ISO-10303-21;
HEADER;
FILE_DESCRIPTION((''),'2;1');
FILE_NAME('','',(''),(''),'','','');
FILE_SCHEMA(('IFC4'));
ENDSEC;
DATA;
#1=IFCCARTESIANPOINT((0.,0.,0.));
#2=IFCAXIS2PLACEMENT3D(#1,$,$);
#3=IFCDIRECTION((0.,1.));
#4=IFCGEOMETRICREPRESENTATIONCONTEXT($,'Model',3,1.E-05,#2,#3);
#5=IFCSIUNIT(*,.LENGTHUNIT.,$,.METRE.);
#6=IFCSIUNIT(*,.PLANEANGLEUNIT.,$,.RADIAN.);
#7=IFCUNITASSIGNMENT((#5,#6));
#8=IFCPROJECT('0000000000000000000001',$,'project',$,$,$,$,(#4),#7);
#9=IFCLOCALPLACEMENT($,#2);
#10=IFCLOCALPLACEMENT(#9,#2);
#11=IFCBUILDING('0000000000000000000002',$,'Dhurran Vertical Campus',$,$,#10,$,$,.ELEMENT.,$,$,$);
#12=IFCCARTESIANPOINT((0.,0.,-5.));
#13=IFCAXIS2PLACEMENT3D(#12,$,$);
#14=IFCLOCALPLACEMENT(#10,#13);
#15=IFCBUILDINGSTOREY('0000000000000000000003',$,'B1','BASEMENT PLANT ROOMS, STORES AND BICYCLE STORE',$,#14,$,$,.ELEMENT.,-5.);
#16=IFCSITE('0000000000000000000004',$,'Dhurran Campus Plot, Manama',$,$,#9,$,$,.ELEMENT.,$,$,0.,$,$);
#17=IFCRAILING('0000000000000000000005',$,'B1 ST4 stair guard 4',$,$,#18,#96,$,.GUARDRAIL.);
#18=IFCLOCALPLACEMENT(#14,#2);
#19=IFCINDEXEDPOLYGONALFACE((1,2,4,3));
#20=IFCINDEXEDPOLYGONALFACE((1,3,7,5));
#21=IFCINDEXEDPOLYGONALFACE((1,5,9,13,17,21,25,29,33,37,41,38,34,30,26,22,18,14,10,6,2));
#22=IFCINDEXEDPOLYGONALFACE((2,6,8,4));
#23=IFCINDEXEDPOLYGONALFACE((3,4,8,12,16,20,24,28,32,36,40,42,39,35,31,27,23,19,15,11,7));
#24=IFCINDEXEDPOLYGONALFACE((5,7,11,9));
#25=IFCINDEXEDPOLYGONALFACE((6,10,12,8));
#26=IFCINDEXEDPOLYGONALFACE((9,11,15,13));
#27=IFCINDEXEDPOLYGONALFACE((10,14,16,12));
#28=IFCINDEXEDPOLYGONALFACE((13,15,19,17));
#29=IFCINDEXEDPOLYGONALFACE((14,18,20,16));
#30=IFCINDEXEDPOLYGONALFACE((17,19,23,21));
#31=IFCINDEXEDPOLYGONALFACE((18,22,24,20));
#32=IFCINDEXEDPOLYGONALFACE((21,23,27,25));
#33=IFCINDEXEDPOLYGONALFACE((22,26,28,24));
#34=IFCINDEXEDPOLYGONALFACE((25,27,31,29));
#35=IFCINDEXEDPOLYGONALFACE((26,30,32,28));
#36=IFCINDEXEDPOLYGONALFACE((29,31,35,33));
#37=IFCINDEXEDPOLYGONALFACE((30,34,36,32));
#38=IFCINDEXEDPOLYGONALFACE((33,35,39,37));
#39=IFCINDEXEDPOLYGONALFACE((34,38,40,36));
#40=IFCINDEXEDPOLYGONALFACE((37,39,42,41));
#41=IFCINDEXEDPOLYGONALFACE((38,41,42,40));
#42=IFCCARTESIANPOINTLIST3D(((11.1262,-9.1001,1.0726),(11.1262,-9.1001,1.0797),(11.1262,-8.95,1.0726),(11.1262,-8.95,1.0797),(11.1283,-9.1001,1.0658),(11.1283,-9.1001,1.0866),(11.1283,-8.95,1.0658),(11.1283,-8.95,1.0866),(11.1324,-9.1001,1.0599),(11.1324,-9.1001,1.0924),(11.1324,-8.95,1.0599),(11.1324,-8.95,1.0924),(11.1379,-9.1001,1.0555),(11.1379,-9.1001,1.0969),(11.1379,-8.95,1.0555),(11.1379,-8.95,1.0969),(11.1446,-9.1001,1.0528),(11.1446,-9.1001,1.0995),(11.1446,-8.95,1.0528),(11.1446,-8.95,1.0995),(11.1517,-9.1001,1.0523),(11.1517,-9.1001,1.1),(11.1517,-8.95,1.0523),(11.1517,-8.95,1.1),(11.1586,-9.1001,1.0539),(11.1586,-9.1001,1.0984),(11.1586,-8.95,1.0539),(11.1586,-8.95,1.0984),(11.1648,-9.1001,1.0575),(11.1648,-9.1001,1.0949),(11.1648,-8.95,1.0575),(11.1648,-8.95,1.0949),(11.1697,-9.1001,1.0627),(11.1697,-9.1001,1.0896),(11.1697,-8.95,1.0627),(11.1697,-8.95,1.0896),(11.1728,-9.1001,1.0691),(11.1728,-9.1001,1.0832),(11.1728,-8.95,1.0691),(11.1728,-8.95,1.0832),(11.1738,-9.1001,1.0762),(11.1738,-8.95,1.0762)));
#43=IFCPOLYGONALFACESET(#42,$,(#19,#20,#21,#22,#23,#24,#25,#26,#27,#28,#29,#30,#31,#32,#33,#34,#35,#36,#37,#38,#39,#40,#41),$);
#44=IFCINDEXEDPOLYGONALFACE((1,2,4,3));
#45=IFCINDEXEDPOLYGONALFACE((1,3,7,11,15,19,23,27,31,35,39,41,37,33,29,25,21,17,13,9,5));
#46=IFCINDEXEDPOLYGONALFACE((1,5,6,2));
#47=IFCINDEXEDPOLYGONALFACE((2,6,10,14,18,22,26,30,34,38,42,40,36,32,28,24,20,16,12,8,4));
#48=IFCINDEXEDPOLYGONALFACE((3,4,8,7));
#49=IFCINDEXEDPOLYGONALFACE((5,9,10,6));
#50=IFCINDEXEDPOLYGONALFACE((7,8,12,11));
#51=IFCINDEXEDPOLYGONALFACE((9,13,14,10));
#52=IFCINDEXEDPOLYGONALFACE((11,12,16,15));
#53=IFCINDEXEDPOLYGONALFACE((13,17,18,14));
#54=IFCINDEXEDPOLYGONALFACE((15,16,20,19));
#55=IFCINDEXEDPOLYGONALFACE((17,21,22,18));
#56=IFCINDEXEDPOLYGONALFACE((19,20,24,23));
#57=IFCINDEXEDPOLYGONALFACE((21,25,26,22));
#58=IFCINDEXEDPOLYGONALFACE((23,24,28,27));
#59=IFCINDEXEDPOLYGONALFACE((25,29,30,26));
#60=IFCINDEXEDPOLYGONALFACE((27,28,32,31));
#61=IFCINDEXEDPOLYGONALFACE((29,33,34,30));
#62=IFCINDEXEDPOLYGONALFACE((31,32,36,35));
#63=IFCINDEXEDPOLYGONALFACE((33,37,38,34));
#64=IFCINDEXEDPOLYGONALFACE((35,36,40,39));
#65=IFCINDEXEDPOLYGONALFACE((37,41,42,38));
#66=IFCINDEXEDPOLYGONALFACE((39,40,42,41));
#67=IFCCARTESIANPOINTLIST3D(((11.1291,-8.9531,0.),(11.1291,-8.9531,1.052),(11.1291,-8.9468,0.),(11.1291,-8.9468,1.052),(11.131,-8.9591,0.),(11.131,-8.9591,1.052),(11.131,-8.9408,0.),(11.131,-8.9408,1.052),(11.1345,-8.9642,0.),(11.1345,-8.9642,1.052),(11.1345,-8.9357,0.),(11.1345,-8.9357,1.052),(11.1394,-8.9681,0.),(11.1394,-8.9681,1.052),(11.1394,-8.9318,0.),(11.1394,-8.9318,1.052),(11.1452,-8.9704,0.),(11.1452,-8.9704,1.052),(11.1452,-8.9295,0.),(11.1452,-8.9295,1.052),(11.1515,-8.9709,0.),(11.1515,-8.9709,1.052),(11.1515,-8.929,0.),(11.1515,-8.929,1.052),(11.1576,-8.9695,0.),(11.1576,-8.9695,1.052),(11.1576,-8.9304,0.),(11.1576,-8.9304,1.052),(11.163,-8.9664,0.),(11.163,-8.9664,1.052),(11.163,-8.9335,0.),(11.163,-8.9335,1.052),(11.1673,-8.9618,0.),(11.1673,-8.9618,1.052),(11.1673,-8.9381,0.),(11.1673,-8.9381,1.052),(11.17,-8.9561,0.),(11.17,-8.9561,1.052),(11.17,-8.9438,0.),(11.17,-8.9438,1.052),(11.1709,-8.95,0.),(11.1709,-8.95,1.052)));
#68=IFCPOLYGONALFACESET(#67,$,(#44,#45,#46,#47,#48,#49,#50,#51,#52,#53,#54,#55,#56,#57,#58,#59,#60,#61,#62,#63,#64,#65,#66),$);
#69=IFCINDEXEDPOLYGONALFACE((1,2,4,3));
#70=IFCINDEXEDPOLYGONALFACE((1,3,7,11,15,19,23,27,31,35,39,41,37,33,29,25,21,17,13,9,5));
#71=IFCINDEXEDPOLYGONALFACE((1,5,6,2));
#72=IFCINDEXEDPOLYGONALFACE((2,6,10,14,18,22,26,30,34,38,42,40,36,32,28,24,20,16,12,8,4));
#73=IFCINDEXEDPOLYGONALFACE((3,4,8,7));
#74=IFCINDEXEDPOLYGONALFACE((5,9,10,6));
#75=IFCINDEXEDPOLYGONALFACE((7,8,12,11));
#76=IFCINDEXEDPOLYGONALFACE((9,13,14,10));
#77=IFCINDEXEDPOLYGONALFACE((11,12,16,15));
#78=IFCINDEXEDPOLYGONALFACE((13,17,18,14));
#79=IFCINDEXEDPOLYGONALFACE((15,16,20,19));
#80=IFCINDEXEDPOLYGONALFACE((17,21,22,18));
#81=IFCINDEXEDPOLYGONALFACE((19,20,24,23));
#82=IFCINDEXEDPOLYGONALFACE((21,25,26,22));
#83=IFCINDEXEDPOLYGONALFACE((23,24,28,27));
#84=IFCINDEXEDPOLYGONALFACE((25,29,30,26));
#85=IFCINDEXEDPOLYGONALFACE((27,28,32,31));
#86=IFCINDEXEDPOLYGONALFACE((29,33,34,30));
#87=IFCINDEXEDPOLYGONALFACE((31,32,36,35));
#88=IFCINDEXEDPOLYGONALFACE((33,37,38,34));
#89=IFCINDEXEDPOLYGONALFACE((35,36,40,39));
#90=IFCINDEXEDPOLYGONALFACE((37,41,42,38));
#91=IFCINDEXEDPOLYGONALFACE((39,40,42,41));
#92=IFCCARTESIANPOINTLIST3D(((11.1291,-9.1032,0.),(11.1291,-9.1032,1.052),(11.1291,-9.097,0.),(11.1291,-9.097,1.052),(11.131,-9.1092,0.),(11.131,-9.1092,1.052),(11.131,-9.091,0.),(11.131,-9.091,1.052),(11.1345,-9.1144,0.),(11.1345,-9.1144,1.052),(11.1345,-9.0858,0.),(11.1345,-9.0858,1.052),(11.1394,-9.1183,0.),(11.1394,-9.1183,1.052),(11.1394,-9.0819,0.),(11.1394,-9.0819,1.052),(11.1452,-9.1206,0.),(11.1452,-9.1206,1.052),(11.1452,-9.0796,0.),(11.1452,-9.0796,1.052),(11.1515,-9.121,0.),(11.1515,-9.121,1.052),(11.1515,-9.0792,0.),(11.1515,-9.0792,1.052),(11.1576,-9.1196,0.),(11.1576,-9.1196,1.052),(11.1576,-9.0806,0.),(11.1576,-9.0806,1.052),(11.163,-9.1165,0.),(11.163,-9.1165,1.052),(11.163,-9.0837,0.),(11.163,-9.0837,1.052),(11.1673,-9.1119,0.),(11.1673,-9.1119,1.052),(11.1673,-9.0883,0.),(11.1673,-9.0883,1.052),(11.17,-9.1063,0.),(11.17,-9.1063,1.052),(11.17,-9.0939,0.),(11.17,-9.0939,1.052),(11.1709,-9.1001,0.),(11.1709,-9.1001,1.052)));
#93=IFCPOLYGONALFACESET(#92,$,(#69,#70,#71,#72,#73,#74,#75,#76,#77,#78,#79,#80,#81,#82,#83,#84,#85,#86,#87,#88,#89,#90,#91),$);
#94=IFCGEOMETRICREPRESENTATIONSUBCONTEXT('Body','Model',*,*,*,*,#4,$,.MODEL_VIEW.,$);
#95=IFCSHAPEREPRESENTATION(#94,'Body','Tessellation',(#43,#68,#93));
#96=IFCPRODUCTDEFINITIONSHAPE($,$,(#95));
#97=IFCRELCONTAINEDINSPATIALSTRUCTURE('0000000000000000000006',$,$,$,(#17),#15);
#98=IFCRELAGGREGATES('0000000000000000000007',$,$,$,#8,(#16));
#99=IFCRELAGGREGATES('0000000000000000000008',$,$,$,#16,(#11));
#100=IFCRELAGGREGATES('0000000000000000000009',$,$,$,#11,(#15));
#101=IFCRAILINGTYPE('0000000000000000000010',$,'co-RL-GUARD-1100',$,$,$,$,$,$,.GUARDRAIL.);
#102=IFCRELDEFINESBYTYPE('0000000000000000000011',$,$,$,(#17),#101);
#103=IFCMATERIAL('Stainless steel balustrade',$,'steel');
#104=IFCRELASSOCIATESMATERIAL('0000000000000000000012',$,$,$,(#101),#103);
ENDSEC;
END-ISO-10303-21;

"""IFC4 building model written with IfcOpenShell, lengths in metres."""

from ifc_helpers import new_model, si_unit, direction, frame, origin, origin_2d, place, context, subcontext, project, spatial, circle, extrude, material, type_object, element, save


model = new_model("IFC4")

# Units and contexts
model_context = context("Model", 3, precision=1e-05, world=origin(), true_north=direction((0.0, 1.0)))
body_context = subcontext(model_context, "Body", "Model", "MODEL_VIEW")
ifc_project = project(units=[si_unit("LENGTHUNIT", "METRE"), si_unit("PLANEANGLEUNIT", "RADIAN")], contexts=[model_context])

# Site, building, storey
site_placement = place(None, origin())
site = spatial("IfcSite", under=ifc_project, at=site_placement, Name="Dhurran Campus Plot, Manama", CompositionType="ELEMENT", RefElevation=0.0)
building_placement = place(site_placement, origin())
building = spatial("IfcBuilding", under=site, at=building_placement, Name="Dhurran Vertical Campus", CompositionType="ELEMENT")
storey_placement = place(building_placement, frame((0.0, 0.0, -5.0)))
storey = spatial("IfcBuildingStorey", under=building, at=storey_placement, Name="B1", Description="BASEMENT PLANT ROOMS, STORES AND BICYCLE STORE", CompositionType="ELEMENT", Elevation=-5.0)

# Railing
ifc_material_1 = material(Name="Stainless steel balustrade", Category="steel")
railing_type_1 = type_object("IfcRailingType", Name="co-RL-GUARD-1100", PredefinedType="GUARDRAIL", material=ifc_material_1)
railing_1_placement = place(storey_placement, frame((11.1499, -8.95, 0.0)))
element("IfcRailing", 1, at=railing_1_placement, inside=storey, type_object=railing_type_1, Name="B1 ST4 stair guard 4", PredefinedType="GUARDRAIL", context=body_context, shape_type="SweptSolid", body=[
    extrude(circle(Radius=0.0239, at=origin_2d()), frame((0.0, 0.0, 1.0762), z_axis=(0.0, -1.0, 0.0), x_axis=(1.0, 0.0, 0.0)), (0.0, 0.0, 1.0), 0.1501),
    extrude(circle(Radius=0.021, at=origin_2d()), origin(), (0.0, 0.0, 1.0), 1.052),
    extrude(circle(Radius=0.021, at=origin_2d()), frame((0.0, -0.1501, 0.0)), (0.0, 0.0, 1.0), 1.052),
])

save(model, "model.ifc")
